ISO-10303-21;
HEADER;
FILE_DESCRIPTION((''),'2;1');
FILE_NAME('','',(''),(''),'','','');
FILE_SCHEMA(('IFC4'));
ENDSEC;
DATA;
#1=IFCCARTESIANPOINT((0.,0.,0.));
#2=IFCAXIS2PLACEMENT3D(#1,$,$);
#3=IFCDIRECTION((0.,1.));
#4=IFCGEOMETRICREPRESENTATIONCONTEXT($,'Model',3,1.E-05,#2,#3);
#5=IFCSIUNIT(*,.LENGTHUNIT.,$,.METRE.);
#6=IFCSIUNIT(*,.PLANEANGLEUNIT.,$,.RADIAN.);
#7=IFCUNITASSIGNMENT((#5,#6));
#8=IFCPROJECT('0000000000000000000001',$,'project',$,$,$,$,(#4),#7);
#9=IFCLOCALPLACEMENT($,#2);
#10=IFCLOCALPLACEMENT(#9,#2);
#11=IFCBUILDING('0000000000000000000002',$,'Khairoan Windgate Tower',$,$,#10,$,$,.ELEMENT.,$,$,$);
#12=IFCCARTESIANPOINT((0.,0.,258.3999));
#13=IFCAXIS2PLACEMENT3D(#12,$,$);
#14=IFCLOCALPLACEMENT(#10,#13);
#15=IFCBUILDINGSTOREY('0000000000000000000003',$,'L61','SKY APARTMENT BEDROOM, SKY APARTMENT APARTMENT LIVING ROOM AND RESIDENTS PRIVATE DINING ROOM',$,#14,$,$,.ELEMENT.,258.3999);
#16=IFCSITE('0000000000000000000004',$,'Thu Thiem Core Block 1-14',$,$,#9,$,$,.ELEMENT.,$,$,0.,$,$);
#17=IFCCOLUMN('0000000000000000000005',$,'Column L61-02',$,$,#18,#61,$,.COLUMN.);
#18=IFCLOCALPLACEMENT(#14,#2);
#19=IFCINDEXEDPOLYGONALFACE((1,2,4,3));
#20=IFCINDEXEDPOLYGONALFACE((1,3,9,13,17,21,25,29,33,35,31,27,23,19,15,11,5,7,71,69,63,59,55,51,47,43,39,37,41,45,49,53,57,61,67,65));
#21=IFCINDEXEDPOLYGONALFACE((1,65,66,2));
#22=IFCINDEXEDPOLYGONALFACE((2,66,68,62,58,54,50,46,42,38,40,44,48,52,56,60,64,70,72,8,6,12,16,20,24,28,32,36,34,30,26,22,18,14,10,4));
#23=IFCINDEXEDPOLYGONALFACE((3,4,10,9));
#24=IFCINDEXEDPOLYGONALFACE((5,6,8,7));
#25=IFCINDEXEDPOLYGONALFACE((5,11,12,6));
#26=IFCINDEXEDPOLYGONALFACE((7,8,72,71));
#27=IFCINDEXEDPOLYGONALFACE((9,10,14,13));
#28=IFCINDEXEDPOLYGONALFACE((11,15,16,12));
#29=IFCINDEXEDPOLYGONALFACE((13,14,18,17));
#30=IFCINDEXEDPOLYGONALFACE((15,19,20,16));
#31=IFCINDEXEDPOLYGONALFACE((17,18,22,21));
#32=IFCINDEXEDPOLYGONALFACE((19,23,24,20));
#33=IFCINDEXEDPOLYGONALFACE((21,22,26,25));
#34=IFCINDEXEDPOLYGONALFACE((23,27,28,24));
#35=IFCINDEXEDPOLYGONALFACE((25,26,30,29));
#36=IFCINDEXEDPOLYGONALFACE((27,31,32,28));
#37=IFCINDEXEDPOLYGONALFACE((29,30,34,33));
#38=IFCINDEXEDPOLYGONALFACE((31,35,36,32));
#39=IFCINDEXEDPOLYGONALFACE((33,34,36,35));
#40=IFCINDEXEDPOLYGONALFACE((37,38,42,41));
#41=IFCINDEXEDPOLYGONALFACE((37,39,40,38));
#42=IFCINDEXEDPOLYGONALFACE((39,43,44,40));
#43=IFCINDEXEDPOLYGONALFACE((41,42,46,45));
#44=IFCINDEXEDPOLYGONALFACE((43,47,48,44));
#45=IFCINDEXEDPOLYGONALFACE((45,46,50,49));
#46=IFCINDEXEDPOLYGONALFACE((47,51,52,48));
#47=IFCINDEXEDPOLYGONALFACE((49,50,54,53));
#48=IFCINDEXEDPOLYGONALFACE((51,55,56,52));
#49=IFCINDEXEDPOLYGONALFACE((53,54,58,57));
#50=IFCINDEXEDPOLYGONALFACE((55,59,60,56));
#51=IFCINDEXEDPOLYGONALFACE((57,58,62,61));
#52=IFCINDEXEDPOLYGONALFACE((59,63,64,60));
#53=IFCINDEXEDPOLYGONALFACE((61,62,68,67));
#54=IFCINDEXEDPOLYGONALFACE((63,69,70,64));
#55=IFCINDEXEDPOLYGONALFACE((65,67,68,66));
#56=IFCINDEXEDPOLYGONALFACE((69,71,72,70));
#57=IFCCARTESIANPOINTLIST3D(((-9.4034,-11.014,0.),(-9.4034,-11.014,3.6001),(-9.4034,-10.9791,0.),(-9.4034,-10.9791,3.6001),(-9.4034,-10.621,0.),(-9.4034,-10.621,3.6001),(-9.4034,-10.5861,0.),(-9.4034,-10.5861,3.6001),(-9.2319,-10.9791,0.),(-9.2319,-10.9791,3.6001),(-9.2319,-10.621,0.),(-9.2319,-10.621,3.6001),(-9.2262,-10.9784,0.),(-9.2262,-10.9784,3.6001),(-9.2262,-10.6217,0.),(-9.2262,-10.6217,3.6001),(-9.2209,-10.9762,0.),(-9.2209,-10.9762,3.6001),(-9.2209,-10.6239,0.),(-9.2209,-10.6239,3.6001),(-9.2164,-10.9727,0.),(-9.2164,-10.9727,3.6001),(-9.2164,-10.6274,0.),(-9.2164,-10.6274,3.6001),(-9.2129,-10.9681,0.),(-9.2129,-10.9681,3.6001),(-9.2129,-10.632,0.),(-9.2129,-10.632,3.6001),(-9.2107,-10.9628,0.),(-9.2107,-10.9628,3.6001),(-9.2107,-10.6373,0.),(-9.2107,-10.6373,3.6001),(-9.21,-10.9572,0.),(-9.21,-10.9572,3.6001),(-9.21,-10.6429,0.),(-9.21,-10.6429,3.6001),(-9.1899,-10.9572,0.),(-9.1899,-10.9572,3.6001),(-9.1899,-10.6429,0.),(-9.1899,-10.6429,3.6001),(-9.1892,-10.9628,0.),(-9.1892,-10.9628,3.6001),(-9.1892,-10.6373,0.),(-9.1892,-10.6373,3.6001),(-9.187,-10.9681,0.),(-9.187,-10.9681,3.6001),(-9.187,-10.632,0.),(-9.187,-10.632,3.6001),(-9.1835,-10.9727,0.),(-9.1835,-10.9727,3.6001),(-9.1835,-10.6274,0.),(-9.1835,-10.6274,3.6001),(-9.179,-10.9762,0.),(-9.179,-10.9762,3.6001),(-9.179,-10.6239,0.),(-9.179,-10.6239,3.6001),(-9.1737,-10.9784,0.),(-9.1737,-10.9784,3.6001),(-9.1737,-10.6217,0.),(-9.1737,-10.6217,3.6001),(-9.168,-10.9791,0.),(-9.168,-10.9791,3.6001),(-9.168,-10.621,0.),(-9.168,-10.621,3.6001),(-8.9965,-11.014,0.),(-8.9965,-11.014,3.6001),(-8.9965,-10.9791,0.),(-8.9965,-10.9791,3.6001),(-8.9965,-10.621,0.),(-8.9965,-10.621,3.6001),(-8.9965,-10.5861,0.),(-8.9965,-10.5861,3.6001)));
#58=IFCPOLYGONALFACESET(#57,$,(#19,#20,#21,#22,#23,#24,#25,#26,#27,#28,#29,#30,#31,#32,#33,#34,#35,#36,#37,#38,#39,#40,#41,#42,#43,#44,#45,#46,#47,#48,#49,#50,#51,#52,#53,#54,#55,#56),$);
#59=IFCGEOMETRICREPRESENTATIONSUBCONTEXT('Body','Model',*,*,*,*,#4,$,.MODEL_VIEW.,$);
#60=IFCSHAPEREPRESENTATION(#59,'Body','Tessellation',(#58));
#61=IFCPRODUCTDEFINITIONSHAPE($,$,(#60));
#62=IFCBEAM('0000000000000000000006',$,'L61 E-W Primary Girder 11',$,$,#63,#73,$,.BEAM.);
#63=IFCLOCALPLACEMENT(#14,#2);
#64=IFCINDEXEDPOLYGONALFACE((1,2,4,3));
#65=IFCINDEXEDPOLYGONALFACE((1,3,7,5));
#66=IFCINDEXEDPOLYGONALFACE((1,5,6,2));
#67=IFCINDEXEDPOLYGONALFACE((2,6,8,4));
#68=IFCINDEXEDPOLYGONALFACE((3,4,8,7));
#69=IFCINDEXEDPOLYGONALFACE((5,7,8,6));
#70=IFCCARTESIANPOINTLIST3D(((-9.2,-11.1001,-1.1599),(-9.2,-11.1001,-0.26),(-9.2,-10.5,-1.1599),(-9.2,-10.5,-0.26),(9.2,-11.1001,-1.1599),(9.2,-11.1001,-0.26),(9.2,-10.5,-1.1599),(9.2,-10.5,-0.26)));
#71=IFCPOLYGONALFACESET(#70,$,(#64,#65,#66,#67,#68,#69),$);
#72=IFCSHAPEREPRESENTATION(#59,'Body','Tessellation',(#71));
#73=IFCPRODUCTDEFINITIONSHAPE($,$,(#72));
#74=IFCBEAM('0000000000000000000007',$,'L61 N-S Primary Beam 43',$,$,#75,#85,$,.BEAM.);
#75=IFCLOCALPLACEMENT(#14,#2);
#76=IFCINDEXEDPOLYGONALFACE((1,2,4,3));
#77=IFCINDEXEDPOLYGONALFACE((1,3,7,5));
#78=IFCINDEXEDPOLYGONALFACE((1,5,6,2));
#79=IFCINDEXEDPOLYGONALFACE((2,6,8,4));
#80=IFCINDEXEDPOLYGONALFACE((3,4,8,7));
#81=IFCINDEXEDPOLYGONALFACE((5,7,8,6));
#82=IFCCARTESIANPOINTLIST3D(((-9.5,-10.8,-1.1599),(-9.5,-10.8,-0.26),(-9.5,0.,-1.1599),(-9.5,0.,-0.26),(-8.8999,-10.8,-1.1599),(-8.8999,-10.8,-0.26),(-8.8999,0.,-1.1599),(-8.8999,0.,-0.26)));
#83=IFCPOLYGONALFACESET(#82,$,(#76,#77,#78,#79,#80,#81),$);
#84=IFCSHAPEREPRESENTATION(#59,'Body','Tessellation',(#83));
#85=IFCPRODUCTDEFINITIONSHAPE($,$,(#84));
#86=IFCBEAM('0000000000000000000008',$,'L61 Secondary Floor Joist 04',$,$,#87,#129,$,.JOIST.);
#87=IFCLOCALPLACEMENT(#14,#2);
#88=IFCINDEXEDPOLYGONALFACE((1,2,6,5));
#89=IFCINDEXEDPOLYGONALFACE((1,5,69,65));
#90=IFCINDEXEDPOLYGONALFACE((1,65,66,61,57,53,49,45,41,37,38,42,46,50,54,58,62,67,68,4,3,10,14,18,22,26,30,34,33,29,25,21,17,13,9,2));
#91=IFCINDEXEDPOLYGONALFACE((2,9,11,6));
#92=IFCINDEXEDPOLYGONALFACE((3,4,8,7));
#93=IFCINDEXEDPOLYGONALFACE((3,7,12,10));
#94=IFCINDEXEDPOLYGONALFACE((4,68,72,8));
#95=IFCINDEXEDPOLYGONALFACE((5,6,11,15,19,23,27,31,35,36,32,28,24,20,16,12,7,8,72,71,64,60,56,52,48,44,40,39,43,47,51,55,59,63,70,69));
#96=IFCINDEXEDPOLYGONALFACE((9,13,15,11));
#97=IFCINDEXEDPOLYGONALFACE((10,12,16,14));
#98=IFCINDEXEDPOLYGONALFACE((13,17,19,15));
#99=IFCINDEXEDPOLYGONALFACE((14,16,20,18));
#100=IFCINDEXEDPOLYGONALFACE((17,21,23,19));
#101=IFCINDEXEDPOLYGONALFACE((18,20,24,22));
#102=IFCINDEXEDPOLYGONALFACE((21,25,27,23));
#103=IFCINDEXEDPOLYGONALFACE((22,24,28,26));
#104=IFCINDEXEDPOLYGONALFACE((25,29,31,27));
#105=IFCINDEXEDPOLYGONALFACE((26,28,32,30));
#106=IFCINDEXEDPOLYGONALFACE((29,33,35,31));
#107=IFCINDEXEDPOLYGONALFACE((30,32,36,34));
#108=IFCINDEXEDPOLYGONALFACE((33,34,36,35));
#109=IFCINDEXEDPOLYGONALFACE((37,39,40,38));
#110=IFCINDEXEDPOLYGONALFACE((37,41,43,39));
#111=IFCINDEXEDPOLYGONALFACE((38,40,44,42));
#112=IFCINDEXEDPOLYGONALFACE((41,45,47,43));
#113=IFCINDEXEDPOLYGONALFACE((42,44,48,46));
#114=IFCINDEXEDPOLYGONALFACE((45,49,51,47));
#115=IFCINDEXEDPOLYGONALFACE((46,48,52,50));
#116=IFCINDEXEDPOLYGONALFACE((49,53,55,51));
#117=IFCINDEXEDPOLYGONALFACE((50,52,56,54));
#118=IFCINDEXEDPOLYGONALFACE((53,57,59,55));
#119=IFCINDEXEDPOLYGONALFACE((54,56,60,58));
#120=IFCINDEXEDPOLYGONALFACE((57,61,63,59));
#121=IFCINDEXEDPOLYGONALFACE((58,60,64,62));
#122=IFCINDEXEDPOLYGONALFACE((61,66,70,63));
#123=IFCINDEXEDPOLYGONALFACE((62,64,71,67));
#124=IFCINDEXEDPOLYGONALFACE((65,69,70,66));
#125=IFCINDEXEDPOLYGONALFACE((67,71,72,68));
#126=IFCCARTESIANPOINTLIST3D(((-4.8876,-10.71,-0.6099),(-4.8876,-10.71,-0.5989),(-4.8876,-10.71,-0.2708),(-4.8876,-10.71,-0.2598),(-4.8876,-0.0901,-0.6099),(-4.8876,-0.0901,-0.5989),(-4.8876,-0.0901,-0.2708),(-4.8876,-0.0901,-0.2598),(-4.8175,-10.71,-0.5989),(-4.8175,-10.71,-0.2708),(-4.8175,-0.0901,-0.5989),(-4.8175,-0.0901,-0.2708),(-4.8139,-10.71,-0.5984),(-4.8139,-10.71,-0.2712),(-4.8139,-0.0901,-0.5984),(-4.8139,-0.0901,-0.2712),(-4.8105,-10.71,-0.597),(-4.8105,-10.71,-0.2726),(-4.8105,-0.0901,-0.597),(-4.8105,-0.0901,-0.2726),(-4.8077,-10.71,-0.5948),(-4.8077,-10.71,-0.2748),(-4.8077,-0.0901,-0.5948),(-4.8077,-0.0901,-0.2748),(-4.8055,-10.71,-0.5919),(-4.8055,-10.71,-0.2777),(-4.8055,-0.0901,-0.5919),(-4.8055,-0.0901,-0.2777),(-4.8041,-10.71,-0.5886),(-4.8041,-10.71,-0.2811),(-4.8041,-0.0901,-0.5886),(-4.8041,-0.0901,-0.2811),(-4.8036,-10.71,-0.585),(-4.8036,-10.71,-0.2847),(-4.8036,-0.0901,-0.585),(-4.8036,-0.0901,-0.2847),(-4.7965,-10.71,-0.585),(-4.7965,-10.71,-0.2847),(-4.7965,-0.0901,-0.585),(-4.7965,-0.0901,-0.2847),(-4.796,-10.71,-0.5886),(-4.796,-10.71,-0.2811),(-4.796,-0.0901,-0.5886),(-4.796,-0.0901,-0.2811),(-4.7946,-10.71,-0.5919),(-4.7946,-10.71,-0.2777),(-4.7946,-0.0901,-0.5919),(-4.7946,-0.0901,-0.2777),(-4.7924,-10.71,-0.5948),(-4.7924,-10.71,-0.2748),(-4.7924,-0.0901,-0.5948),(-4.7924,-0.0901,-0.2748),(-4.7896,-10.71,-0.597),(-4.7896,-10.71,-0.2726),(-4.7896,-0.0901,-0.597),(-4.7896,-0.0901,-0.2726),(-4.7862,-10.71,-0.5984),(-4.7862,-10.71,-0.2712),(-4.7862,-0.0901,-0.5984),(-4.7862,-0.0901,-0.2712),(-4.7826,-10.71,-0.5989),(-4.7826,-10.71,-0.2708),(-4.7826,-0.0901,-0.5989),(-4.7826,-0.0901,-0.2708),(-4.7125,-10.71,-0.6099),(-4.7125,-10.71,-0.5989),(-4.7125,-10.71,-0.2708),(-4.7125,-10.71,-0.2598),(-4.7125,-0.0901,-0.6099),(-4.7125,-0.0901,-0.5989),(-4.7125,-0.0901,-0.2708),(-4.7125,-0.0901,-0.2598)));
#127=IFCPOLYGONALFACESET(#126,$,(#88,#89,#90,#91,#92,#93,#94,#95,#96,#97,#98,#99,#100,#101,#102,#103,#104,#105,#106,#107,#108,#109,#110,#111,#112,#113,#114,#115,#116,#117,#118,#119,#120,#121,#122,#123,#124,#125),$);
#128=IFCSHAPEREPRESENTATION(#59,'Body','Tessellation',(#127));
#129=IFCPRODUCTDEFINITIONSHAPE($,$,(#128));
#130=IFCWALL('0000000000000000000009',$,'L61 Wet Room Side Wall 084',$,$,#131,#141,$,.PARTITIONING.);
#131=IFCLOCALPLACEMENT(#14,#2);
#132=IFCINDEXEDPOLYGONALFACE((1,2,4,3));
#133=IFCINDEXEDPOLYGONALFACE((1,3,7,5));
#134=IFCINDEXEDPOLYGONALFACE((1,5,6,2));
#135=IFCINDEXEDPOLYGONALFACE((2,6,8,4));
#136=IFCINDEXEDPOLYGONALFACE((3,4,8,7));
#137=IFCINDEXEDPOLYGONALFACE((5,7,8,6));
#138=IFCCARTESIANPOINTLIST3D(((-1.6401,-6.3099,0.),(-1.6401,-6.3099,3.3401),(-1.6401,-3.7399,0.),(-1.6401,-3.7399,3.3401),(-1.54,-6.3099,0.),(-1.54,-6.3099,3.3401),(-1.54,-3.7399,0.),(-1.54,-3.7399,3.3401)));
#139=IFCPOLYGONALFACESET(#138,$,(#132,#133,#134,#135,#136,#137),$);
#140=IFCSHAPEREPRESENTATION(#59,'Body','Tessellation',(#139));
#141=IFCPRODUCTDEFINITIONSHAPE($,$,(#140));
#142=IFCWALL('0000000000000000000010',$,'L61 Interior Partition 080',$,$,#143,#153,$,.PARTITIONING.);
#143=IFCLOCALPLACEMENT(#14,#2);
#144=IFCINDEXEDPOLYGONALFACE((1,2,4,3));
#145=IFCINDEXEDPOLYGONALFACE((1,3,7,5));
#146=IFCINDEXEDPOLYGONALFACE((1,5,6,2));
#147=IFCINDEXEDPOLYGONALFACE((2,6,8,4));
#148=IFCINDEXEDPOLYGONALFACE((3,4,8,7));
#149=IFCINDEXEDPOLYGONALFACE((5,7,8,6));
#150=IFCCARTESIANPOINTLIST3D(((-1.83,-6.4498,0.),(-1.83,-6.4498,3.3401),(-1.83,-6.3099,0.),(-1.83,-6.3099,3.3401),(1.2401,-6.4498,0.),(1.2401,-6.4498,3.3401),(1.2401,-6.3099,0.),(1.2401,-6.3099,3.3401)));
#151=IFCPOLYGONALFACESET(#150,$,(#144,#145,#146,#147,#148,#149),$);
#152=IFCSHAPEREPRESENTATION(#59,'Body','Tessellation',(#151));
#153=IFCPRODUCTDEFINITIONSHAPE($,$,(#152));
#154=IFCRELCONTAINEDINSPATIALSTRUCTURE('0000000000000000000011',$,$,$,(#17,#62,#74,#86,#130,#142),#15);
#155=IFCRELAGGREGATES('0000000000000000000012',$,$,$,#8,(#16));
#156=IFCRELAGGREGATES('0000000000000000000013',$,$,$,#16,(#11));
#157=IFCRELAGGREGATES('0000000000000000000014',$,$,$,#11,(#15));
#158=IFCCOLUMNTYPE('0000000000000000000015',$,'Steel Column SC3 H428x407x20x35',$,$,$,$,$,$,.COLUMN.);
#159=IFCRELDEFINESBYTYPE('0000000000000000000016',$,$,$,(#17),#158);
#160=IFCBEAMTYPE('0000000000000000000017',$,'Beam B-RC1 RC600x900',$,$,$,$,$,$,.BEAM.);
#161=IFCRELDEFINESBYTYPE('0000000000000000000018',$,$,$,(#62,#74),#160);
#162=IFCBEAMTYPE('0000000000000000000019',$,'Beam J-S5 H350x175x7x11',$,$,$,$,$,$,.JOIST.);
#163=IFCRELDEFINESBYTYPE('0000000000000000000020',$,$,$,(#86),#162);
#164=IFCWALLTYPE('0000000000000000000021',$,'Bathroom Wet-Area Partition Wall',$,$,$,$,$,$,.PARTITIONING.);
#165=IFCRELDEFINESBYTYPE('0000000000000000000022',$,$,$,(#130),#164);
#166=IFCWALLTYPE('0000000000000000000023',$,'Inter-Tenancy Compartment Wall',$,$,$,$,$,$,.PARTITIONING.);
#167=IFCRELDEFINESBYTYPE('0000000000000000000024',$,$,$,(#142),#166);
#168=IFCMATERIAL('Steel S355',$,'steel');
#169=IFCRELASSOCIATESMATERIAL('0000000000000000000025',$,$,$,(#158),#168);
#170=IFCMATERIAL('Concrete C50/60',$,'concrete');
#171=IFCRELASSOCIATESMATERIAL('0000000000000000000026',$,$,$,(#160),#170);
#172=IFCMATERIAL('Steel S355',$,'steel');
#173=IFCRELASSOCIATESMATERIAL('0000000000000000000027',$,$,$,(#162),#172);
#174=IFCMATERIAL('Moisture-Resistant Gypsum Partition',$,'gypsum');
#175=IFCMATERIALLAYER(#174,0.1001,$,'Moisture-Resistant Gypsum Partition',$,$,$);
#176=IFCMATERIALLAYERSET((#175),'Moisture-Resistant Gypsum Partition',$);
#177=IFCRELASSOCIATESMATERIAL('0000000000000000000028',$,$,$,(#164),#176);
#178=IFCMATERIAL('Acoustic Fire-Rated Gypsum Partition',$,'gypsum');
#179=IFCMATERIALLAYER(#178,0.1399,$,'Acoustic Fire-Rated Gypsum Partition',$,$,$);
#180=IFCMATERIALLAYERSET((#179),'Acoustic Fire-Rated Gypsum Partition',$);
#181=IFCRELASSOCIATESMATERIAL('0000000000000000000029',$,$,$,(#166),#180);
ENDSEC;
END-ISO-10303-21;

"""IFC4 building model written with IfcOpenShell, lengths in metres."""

from ifc_helpers import new_model, si_unit, direction, frame, frame_2d, origin, origin_2d, place, context, subcontext, project, spatial, rectangle, i_section, extrude, material, layer, layer_set, material_profile, profile_set, type_object, element, save


model = new_model("IFC4")

# Units and contexts
model_context = context("Model", 3, precision=1e-05, world=origin(), true_north=direction((0.0, 1.0)))
body_context = subcontext(model_context, "Body", "Model", "MODEL_VIEW")
ifc_project = project(units=[si_unit("LENGTHUNIT", "METRE"), si_unit("PLANEANGLEUNIT", "RADIAN")], contexts=[model_context])

# Site, building, storey
site_placement = place(None, origin())
site = spatial("IfcSite", under=ifc_project, at=site_placement, Name="Thu Thiem Core Block 1-14", CompositionType="ELEMENT", RefElevation=0.0)
building_placement = place(site_placement, origin())
building = spatial("IfcBuilding", under=site, at=building_placement, Name="Khairoan Windgate Tower", CompositionType="ELEMENT")
storey_placement = place(building_placement, frame((0.0, 0.0, 258.3999)))
storey = spatial("IfcBuildingStorey", under=building, at=storey_placement, Name="L61", Description="SKY APARTMENT BEDROOM, SKY APARTMENT APARTMENT LIVING ROOM AND RESIDENTS PRIVATE DINING ROOM", CompositionType="ELEMENT", Elevation=258.3999)

# Column
ifc_material_1 = material(Name="Steel S355", Category="steel")
ifc_material_profile_1 = material_profile(ifc_material_1, i_section(OverallWidth=0.407, OverallDepth=0.428, WebThickness=0.02, FlangeThickness=0.0349, FilletRadius=0.022, at=origin_2d()))
ifc_profile_set_1 = profile_set([ifc_material_profile_1], Name="Steel S355")
column_type = type_object("IfcColumnType", Name="Steel Column SC3 H428x407x20x35", PredefinedType="COLUMN", material=ifc_profile_set_1)
column_placement = place(storey_placement, frame((-9.2, -10.8, 0.0), z_axis=(0.0, 0.0, 1.0), x_axis=(1.0, 0.0, 0.0)))
element("IfcColumn", 1, at=column_placement, inside=storey, type_object=column_type, Name="Column L61-02", PredefinedType="COLUMN", context=body_context, shape_type="SweptSolid", body=[
    extrude(i_section(OverallWidth=0.407, OverallDepth=0.428, WebThickness=0.02, FlangeThickness=0.0349, FilletRadius=0.022, at=origin_2d()), origin(), (0.0, 0.0, 1.0), 3.6001),
])

# Beams
ifc_material_2 = material(Name="Concrete C50/60", Category="concrete")
ifc_material_profile_2 = material_profile(ifc_material_2, rectangle(XDim=0.6001, YDim=0.8999, at=origin_2d()))
ifc_profile_set_2 = profile_set([ifc_material_profile_2], Name="Concrete C50/60")
beam_type_1 = type_object("IfcBeamType", Name="Beam B-RC1 RC600x900", PredefinedType="BEAM", material=ifc_profile_set_2)
beam_1_placement = place(storey_placement, frame((-9.2, -10.8, -0.71), z_axis=(1.0, 0.0, 0.0), x_axis=(0.0, 1.0, 0.0)))
element("IfcBeam", 2, at=beam_1_placement, inside=storey, type_object=beam_type_1, Name="L61 E-W Primary Girder 11", PredefinedType="BEAM", context=body_context, shape_type="SweptSolid", body=[
    extrude(rectangle(XDim=0.6001, YDim=0.8999, at=origin_2d()), origin(), (0.0, 0.0, 1.0), 18.3999),
])
beam_2_placement = place(storey_placement, frame((-9.2, -10.8, -0.71), z_axis=(0.0, 1.0, 0.0), x_axis=(-1.0, 0.0, 0.0)))
element("IfcBeam", 3, at=beam_2_placement, inside=storey, type_object=beam_type_1, Name="L61 N-S Primary Beam 43", PredefinedType="BEAM", context=body_context, shape_type="SweptSolid", body=[
    extrude(rectangle(XDim=0.6001, YDim=0.8999, at=origin_2d()), origin(), (0.0, 0.0, 1.0), 10.8),
])
ifc_material_3 = material(Name="Steel S355", Category="steel")
ifc_material_profile_3 = material_profile(ifc_material_3, i_section(OverallWidth=0.175, OverallDepth=0.3501, WebThickness=0.0071, FlangeThickness=0.011, FilletRadius=0.0139, at=origin_2d()))
ifc_profile_set_3 = profile_set([ifc_material_profile_3], Name="Steel S355")
beam_type_2 = type_object("IfcBeamType", Name="Beam J-S5 H350x175x7x11", PredefinedType="JOIST", material=ifc_profile_set_3)
beam_3_placement = place(storey_placement, frame((-4.8, -10.71, -0.4348), z_axis=(0.0, 1.0, 0.0), x_axis=(-1.0, 0.0, 0.0)))
element("IfcBeam", 4, at=beam_3_placement, inside=storey, type_object=beam_type_2, Name="L61 Secondary Floor Joist 04", PredefinedType="JOIST", context=body_context, shape_type="SweptSolid", body=[
    extrude(i_section(OverallWidth=0.175, OverallDepth=0.3501, WebThickness=0.0071, FlangeThickness=0.011, FilletRadius=0.0139, at=origin_2d()), origin(), (0.0, 0.0, 1.0), 10.6199),
])

# Walls
ifc_material_4 = material(Name="Moisture-Resistant Gypsum Partition", Category="gypsum")
ifc_layer_1 = layer(ifc_material_4, 0.1001, Name="Moisture-Resistant Gypsum Partition")
ifc_layer_set_1 = layer_set([ifc_layer_1], Name="Moisture-Resistant Gypsum Partition")
wall_type_1 = type_object("IfcWallType", Name="Bathroom Wet-Area Partition Wall", PredefinedType="PARTITIONING", material=ifc_layer_set_1)
wall_1_placement = place(storey_placement, frame((-1.5901, -6.3101, 0.0), z_axis=(0.0, 0.0, 1.0), x_axis=(0.0, 1.0, 0.0)))
element("IfcWall", 5, at=wall_1_placement, inside=storey, type_object=wall_type_1, Name="L61 Wet Room Side Wall 084", PredefinedType="PARTITIONING", context=body_context, shape_type="SweptSolid", body=[
    extrude(rectangle(XDim=2.5701, YDim=0.1001, at=frame_2d((1.2852, 0.0))), origin(), (0.0, 0.0, 1.0), 3.3401),
])
ifc_material_5 = material(Name="Acoustic Fire-Rated Gypsum Partition", Category="gypsum")
ifc_layer_2 = layer(ifc_material_5, 0.1399, Name="Acoustic Fire-Rated Gypsum Partition")
ifc_layer_set_2 = layer_set([ifc_layer_2], Name="Acoustic Fire-Rated Gypsum Partition")
wall_type_2 = type_object("IfcWallType", Name="Inter-Tenancy Compartment Wall", PredefinedType="PARTITIONING", material=ifc_layer_set_2)
wall_2_placement = place(storey_placement, frame((-1.8301, -6.3799, 0.0), z_axis=(0.0, 0.0, 1.0), x_axis=(1.0, 0.0, 0.0)))
element("IfcWall", 6, at=wall_2_placement, inside=storey, type_object=wall_type_2, Name="L61 Interior Partition 080", PredefinedType="PARTITIONING", context=body_context, shape_type="SweptSolid", body=[
    extrude(rectangle(XDim=3.0701, YDim=0.1399, at=frame_2d((1.5352, 0.0))), origin(), (0.0, 0.0, 1.0), 3.3401),
])

save(model, "model.ifc")
